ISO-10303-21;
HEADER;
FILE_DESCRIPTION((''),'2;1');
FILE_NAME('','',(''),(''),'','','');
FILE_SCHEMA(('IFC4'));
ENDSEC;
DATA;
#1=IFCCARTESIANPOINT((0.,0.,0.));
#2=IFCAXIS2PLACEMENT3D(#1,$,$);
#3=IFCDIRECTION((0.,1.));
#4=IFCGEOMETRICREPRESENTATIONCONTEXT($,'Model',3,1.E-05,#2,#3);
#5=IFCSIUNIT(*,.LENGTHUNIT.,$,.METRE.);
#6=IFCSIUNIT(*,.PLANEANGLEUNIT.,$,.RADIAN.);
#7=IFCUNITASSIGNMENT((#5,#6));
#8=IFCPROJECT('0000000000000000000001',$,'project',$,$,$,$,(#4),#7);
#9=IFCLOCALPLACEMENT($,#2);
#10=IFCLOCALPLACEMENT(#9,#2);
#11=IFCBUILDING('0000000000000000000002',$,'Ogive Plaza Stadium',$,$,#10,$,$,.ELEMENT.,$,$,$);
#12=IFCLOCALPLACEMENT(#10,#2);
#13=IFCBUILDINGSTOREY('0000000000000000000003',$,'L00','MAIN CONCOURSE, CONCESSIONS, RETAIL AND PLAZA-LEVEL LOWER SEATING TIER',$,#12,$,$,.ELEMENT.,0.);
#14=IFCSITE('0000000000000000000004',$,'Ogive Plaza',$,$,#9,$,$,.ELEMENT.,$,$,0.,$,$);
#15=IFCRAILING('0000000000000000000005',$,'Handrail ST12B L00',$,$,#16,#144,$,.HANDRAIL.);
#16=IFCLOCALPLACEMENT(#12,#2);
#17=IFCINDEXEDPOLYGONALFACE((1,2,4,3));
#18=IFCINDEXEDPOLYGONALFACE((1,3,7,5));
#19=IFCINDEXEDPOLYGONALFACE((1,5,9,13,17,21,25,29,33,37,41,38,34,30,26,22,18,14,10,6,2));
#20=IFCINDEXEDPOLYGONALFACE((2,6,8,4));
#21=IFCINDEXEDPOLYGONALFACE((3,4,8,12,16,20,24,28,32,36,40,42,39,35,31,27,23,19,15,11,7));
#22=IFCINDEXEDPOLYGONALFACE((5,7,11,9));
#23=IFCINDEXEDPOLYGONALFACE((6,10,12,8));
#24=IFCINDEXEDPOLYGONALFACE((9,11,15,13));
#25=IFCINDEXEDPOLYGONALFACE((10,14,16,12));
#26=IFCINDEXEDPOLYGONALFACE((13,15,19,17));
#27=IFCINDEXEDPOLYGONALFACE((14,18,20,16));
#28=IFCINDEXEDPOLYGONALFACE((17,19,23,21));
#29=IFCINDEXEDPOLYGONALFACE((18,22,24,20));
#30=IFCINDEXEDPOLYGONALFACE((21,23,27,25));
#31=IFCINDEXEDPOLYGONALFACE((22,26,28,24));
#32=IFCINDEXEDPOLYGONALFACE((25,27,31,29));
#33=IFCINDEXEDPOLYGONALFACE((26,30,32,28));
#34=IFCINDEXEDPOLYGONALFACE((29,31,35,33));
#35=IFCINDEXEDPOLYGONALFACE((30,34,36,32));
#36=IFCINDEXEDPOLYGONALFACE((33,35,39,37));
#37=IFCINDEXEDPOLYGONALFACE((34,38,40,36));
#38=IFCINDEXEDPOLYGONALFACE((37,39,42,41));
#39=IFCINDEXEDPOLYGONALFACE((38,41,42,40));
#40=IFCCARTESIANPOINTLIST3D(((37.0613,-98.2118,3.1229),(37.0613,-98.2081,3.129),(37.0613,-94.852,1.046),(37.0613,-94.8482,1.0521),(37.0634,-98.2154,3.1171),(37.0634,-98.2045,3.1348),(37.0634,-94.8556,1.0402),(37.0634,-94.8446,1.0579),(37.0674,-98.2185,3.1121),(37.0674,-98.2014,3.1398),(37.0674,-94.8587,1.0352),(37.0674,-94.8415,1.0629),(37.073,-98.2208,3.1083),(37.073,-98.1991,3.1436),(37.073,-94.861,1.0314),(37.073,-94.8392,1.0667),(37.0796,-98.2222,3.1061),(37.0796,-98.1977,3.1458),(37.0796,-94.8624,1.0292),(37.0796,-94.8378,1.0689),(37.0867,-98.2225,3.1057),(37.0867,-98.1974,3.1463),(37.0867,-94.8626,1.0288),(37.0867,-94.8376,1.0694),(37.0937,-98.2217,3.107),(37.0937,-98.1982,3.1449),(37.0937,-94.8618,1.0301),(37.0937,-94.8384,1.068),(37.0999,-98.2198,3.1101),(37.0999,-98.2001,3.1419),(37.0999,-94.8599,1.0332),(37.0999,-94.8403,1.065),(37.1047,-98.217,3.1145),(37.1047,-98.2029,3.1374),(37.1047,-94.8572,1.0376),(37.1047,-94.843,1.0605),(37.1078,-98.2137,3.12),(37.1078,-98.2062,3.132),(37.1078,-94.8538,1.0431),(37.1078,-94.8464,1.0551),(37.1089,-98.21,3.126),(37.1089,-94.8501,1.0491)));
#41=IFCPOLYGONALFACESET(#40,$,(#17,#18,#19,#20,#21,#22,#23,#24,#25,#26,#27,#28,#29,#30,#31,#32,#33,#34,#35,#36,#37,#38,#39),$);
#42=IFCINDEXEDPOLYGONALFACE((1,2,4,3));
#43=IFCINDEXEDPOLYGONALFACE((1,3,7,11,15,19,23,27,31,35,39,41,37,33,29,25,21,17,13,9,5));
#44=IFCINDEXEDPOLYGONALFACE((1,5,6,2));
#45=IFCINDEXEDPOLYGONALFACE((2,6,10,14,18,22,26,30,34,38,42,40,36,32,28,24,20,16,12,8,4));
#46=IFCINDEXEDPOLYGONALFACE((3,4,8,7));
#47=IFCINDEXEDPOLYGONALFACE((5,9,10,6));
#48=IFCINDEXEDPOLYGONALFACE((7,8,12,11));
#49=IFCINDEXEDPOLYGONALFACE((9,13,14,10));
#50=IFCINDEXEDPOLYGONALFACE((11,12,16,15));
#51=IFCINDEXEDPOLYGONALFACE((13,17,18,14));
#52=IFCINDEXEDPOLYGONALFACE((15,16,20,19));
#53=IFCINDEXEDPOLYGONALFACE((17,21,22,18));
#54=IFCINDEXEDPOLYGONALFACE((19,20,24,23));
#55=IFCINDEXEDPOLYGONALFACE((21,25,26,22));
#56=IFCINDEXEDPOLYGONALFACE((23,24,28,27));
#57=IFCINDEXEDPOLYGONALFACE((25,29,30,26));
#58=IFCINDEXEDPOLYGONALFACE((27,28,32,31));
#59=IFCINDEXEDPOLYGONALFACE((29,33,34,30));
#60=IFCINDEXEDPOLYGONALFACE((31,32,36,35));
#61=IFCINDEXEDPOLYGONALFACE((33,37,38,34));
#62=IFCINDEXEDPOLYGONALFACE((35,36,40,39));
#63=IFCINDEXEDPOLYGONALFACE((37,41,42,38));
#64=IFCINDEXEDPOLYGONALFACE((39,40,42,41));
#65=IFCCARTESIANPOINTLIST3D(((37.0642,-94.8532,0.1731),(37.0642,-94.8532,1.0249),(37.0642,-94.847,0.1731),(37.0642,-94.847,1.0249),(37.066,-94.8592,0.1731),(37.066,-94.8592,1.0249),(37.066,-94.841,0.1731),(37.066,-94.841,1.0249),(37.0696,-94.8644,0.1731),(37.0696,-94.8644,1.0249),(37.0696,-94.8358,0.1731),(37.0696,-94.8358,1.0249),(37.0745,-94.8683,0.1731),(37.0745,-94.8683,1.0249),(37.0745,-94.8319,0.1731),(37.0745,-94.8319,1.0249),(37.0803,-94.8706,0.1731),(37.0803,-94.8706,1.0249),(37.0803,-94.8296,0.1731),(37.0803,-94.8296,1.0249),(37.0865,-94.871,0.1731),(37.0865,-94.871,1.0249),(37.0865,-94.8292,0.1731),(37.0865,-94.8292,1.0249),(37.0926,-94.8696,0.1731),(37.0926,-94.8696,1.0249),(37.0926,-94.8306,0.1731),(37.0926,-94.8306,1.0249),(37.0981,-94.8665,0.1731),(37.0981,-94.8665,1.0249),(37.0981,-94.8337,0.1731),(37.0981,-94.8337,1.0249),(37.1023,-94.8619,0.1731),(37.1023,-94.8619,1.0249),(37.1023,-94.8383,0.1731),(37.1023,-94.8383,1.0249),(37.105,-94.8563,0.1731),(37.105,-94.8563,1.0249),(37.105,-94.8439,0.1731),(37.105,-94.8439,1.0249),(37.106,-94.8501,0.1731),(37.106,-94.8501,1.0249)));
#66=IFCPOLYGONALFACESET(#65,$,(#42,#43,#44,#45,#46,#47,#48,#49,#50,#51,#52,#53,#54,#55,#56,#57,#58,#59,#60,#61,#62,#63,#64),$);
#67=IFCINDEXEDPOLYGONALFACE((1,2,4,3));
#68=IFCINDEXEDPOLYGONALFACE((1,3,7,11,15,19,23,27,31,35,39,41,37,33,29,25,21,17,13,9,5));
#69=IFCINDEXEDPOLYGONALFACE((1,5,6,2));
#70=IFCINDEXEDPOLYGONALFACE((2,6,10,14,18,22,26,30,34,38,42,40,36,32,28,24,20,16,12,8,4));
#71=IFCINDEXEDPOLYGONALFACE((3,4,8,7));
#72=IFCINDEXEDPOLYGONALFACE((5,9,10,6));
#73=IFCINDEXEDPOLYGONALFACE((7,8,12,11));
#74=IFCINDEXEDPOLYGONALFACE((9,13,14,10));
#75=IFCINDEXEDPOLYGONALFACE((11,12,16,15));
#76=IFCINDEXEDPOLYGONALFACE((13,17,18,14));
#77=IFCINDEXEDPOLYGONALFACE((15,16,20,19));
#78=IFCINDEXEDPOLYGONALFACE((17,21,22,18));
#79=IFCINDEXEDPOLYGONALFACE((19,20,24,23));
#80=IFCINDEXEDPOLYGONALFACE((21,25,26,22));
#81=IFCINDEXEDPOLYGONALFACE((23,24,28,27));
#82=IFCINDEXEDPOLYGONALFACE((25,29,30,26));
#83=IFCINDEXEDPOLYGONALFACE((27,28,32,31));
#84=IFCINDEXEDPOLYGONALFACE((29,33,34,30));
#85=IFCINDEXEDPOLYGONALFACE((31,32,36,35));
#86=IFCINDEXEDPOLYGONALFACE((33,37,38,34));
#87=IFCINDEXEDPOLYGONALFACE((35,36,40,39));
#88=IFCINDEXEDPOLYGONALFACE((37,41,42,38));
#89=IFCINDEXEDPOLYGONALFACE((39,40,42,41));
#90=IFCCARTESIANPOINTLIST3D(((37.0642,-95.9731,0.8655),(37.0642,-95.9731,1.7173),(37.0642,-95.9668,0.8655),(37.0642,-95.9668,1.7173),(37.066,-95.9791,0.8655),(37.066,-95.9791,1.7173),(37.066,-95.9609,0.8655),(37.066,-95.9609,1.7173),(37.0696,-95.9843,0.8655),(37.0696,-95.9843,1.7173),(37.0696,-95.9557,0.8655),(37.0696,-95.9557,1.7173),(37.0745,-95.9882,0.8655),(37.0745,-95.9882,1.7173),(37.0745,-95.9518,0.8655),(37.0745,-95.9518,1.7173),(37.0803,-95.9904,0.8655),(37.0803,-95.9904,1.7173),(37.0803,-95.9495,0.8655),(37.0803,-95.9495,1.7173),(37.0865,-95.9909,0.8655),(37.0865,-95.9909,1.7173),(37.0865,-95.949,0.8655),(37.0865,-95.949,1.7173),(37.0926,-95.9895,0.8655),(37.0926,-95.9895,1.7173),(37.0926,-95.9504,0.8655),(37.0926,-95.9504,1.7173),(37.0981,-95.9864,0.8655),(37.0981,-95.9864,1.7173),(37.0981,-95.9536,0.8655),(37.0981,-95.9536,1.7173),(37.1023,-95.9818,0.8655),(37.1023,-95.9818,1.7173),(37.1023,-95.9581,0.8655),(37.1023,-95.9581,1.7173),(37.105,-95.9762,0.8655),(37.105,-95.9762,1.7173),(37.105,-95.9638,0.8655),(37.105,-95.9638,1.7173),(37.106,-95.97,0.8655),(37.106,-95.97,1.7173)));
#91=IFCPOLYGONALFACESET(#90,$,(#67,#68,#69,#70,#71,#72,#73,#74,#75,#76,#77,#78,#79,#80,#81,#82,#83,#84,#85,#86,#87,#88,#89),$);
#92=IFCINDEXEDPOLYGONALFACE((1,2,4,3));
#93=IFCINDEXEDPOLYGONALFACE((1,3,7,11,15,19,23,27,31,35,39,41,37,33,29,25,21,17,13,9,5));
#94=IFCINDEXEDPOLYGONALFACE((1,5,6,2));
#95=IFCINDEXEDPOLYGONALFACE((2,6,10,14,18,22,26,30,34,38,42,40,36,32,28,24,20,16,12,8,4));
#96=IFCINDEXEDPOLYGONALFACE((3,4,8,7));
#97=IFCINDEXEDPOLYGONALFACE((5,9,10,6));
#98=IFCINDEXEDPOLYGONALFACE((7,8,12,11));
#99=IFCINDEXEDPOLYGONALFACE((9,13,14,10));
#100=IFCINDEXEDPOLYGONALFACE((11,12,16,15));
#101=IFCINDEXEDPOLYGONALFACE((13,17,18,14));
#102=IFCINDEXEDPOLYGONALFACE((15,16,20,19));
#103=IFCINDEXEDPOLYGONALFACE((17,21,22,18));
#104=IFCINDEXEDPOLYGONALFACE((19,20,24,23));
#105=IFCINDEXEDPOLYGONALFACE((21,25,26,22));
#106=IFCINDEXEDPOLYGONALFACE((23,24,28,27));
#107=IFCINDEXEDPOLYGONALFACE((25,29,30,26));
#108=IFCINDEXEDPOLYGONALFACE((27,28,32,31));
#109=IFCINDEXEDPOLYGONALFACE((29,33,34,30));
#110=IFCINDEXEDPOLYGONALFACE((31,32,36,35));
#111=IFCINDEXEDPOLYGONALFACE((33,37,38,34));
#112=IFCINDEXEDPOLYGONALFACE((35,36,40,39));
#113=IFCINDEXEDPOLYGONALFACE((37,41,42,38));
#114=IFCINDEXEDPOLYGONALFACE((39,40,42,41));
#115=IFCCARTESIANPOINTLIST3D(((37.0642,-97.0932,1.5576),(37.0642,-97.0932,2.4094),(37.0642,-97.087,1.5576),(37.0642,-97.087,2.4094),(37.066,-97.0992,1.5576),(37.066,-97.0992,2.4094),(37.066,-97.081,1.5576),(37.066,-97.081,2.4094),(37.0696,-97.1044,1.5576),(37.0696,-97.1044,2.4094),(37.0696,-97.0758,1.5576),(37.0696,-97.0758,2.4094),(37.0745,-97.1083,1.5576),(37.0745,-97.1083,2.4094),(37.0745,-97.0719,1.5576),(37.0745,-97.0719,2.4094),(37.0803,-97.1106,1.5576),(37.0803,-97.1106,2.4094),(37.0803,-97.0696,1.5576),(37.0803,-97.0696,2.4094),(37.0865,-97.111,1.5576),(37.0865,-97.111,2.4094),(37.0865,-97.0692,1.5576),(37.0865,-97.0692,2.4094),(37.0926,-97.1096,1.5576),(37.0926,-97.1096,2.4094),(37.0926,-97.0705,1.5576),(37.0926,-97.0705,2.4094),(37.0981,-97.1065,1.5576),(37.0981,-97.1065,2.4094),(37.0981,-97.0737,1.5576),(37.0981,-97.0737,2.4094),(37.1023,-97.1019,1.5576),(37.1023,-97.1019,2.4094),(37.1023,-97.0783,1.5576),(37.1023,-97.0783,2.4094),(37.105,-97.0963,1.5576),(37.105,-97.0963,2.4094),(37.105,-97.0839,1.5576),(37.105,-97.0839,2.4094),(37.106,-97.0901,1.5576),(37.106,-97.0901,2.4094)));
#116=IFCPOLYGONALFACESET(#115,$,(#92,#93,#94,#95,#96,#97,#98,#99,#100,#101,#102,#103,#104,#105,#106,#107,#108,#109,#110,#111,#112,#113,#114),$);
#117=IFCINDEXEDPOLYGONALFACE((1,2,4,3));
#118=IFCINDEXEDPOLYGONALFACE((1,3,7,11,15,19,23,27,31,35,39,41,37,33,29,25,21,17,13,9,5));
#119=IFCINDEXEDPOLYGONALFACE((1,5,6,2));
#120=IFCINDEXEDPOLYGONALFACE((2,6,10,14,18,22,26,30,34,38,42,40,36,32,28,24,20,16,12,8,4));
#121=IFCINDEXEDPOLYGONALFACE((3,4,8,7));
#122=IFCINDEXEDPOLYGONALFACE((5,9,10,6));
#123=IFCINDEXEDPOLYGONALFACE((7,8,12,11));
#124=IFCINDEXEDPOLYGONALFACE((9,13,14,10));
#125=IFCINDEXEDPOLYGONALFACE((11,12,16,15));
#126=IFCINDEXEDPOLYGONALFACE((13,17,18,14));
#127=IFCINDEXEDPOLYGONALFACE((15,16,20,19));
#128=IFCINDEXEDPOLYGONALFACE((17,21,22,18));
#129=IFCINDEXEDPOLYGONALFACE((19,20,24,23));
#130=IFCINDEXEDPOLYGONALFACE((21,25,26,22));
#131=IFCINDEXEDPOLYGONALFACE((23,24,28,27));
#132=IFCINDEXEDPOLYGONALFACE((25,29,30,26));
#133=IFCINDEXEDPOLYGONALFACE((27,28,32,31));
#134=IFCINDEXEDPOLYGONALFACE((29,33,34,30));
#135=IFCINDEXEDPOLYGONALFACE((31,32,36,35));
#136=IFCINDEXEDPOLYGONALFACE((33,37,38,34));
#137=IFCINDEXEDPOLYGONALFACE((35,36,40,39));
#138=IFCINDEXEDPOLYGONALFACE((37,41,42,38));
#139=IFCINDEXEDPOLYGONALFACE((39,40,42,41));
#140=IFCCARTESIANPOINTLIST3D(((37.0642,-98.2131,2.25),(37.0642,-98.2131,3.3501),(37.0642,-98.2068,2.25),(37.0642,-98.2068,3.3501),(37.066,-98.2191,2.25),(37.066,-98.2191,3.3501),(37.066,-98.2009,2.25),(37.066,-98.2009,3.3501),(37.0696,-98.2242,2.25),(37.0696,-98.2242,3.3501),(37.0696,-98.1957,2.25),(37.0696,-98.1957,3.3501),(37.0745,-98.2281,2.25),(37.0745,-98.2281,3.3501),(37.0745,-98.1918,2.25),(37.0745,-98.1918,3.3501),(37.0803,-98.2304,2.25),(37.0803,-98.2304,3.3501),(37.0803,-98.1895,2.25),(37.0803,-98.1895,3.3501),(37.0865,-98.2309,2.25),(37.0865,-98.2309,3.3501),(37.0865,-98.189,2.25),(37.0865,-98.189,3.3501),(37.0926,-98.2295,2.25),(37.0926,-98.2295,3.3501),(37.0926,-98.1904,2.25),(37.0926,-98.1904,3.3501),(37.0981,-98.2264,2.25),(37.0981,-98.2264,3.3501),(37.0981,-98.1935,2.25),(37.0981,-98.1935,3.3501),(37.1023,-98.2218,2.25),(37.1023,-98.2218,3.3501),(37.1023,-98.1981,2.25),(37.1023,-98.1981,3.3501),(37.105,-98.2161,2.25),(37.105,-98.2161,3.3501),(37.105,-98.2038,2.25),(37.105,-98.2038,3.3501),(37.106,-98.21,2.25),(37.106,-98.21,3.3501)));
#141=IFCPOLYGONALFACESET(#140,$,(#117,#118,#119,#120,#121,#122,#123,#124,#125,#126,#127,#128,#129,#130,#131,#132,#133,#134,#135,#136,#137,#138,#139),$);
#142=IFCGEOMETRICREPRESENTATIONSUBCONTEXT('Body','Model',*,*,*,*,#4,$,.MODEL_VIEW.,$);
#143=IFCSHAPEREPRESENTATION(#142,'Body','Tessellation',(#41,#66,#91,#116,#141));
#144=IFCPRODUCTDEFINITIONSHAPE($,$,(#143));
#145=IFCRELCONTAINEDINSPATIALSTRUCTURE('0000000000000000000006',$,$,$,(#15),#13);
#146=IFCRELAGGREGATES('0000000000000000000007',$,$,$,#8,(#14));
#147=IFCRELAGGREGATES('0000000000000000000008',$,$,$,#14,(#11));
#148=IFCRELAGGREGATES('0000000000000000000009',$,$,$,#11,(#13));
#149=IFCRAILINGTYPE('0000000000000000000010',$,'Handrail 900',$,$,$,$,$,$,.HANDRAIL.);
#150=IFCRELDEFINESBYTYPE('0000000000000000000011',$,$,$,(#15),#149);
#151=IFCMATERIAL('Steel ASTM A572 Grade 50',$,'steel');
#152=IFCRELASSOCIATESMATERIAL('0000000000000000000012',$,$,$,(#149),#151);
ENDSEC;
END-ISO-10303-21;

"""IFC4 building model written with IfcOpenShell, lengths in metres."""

from ifc_helpers import new_model, si_unit, direction, frame, origin, origin_2d, place, context, subcontext, project, spatial, circle, extrude, material, type_object, element, save


model = new_model("IFC4")

# Units and contexts
model_context = context("Model", 3, precision=1e-05, world=origin(), true_north=direction((0.0, 1.0)))
body_context = subcontext(model_context, "Body", "Model", "MODEL_VIEW")
ifc_project = project(units=[si_unit("LENGTHUNIT", "METRE"), si_unit("PLANEANGLEUNIT", "RADIAN")], contexts=[model_context])

# Site, building, storey
site_placement = place(None, origin())
site = spatial("IfcSite", under=ifc_project, at=site_placement, Name="Ogive Plaza", CompositionType="ELEMENT", RefElevation=0.0)
building_placement = place(site_placement, origin())
building = spatial("IfcBuilding", under=site, at=building_placement, Name="Ogive Plaza Stadium", CompositionType="ELEMENT")
storey_placement = place(building_placement, origin())
storey = spatial("IfcBuildingStorey", under=building, at=storey_placement, Name="L00", Description="MAIN CONCOURSE, CONCESSIONS, RETAIL AND PLAZA-LEVEL LOWER SEATING TIER", CompositionType="ELEMENT", Elevation=0.0)

# Railing
ifc_material_1 = material(Name="Steel ASTM A572 Grade 50", Category="steel")
railing_type_1 = type_object("IfcRailingType", Name="Handrail 900", PredefinedType="HANDRAIL", material=ifc_material_1)
for number, where, name in (
    (1, (37.085, -94.8501, 0.1731), "Handrail ST12B L00"),
):
    element("IfcRailing", number, at=place(storey_placement, frame(where)), inside=storey, type_object=railing_type_1, Name=name, PredefinedType="HANDRAIL", context=body_context, shape_type="SweptSolid", body=[
        extrude(circle(Radius=0.0239, at=origin_2d()), frame((0.0, 0.0, 0.876), z_axis=(0.0, -0.850606, 0.525803), x_axis=(1.0, 0.0, 0.0)), (0.0, 0.0, 1.0), 3.95),
        extrude(circle(Radius=0.021, at=origin_2d()), origin(), (0.0, 0.0, 1.0), 0.8518),
        extrude(circle(Radius=0.021, at=origin_2d()), frame((0.0, -1.1199, 0.6924)), (0.0, 0.0, 1.0), 0.8518),
        extrude(circle(Radius=0.021, at=origin_2d()), frame((0.0, -2.24, 1.3845)), (0.0, 0.0, 1.0), 0.8518),
        extrude(circle(Radius=0.021, at=origin_2d()), frame((0.0, -3.3599, 2.0769)), (0.0, 0.0, 1.0), 1.1001),
    ])

save(model, "model.ifc")
